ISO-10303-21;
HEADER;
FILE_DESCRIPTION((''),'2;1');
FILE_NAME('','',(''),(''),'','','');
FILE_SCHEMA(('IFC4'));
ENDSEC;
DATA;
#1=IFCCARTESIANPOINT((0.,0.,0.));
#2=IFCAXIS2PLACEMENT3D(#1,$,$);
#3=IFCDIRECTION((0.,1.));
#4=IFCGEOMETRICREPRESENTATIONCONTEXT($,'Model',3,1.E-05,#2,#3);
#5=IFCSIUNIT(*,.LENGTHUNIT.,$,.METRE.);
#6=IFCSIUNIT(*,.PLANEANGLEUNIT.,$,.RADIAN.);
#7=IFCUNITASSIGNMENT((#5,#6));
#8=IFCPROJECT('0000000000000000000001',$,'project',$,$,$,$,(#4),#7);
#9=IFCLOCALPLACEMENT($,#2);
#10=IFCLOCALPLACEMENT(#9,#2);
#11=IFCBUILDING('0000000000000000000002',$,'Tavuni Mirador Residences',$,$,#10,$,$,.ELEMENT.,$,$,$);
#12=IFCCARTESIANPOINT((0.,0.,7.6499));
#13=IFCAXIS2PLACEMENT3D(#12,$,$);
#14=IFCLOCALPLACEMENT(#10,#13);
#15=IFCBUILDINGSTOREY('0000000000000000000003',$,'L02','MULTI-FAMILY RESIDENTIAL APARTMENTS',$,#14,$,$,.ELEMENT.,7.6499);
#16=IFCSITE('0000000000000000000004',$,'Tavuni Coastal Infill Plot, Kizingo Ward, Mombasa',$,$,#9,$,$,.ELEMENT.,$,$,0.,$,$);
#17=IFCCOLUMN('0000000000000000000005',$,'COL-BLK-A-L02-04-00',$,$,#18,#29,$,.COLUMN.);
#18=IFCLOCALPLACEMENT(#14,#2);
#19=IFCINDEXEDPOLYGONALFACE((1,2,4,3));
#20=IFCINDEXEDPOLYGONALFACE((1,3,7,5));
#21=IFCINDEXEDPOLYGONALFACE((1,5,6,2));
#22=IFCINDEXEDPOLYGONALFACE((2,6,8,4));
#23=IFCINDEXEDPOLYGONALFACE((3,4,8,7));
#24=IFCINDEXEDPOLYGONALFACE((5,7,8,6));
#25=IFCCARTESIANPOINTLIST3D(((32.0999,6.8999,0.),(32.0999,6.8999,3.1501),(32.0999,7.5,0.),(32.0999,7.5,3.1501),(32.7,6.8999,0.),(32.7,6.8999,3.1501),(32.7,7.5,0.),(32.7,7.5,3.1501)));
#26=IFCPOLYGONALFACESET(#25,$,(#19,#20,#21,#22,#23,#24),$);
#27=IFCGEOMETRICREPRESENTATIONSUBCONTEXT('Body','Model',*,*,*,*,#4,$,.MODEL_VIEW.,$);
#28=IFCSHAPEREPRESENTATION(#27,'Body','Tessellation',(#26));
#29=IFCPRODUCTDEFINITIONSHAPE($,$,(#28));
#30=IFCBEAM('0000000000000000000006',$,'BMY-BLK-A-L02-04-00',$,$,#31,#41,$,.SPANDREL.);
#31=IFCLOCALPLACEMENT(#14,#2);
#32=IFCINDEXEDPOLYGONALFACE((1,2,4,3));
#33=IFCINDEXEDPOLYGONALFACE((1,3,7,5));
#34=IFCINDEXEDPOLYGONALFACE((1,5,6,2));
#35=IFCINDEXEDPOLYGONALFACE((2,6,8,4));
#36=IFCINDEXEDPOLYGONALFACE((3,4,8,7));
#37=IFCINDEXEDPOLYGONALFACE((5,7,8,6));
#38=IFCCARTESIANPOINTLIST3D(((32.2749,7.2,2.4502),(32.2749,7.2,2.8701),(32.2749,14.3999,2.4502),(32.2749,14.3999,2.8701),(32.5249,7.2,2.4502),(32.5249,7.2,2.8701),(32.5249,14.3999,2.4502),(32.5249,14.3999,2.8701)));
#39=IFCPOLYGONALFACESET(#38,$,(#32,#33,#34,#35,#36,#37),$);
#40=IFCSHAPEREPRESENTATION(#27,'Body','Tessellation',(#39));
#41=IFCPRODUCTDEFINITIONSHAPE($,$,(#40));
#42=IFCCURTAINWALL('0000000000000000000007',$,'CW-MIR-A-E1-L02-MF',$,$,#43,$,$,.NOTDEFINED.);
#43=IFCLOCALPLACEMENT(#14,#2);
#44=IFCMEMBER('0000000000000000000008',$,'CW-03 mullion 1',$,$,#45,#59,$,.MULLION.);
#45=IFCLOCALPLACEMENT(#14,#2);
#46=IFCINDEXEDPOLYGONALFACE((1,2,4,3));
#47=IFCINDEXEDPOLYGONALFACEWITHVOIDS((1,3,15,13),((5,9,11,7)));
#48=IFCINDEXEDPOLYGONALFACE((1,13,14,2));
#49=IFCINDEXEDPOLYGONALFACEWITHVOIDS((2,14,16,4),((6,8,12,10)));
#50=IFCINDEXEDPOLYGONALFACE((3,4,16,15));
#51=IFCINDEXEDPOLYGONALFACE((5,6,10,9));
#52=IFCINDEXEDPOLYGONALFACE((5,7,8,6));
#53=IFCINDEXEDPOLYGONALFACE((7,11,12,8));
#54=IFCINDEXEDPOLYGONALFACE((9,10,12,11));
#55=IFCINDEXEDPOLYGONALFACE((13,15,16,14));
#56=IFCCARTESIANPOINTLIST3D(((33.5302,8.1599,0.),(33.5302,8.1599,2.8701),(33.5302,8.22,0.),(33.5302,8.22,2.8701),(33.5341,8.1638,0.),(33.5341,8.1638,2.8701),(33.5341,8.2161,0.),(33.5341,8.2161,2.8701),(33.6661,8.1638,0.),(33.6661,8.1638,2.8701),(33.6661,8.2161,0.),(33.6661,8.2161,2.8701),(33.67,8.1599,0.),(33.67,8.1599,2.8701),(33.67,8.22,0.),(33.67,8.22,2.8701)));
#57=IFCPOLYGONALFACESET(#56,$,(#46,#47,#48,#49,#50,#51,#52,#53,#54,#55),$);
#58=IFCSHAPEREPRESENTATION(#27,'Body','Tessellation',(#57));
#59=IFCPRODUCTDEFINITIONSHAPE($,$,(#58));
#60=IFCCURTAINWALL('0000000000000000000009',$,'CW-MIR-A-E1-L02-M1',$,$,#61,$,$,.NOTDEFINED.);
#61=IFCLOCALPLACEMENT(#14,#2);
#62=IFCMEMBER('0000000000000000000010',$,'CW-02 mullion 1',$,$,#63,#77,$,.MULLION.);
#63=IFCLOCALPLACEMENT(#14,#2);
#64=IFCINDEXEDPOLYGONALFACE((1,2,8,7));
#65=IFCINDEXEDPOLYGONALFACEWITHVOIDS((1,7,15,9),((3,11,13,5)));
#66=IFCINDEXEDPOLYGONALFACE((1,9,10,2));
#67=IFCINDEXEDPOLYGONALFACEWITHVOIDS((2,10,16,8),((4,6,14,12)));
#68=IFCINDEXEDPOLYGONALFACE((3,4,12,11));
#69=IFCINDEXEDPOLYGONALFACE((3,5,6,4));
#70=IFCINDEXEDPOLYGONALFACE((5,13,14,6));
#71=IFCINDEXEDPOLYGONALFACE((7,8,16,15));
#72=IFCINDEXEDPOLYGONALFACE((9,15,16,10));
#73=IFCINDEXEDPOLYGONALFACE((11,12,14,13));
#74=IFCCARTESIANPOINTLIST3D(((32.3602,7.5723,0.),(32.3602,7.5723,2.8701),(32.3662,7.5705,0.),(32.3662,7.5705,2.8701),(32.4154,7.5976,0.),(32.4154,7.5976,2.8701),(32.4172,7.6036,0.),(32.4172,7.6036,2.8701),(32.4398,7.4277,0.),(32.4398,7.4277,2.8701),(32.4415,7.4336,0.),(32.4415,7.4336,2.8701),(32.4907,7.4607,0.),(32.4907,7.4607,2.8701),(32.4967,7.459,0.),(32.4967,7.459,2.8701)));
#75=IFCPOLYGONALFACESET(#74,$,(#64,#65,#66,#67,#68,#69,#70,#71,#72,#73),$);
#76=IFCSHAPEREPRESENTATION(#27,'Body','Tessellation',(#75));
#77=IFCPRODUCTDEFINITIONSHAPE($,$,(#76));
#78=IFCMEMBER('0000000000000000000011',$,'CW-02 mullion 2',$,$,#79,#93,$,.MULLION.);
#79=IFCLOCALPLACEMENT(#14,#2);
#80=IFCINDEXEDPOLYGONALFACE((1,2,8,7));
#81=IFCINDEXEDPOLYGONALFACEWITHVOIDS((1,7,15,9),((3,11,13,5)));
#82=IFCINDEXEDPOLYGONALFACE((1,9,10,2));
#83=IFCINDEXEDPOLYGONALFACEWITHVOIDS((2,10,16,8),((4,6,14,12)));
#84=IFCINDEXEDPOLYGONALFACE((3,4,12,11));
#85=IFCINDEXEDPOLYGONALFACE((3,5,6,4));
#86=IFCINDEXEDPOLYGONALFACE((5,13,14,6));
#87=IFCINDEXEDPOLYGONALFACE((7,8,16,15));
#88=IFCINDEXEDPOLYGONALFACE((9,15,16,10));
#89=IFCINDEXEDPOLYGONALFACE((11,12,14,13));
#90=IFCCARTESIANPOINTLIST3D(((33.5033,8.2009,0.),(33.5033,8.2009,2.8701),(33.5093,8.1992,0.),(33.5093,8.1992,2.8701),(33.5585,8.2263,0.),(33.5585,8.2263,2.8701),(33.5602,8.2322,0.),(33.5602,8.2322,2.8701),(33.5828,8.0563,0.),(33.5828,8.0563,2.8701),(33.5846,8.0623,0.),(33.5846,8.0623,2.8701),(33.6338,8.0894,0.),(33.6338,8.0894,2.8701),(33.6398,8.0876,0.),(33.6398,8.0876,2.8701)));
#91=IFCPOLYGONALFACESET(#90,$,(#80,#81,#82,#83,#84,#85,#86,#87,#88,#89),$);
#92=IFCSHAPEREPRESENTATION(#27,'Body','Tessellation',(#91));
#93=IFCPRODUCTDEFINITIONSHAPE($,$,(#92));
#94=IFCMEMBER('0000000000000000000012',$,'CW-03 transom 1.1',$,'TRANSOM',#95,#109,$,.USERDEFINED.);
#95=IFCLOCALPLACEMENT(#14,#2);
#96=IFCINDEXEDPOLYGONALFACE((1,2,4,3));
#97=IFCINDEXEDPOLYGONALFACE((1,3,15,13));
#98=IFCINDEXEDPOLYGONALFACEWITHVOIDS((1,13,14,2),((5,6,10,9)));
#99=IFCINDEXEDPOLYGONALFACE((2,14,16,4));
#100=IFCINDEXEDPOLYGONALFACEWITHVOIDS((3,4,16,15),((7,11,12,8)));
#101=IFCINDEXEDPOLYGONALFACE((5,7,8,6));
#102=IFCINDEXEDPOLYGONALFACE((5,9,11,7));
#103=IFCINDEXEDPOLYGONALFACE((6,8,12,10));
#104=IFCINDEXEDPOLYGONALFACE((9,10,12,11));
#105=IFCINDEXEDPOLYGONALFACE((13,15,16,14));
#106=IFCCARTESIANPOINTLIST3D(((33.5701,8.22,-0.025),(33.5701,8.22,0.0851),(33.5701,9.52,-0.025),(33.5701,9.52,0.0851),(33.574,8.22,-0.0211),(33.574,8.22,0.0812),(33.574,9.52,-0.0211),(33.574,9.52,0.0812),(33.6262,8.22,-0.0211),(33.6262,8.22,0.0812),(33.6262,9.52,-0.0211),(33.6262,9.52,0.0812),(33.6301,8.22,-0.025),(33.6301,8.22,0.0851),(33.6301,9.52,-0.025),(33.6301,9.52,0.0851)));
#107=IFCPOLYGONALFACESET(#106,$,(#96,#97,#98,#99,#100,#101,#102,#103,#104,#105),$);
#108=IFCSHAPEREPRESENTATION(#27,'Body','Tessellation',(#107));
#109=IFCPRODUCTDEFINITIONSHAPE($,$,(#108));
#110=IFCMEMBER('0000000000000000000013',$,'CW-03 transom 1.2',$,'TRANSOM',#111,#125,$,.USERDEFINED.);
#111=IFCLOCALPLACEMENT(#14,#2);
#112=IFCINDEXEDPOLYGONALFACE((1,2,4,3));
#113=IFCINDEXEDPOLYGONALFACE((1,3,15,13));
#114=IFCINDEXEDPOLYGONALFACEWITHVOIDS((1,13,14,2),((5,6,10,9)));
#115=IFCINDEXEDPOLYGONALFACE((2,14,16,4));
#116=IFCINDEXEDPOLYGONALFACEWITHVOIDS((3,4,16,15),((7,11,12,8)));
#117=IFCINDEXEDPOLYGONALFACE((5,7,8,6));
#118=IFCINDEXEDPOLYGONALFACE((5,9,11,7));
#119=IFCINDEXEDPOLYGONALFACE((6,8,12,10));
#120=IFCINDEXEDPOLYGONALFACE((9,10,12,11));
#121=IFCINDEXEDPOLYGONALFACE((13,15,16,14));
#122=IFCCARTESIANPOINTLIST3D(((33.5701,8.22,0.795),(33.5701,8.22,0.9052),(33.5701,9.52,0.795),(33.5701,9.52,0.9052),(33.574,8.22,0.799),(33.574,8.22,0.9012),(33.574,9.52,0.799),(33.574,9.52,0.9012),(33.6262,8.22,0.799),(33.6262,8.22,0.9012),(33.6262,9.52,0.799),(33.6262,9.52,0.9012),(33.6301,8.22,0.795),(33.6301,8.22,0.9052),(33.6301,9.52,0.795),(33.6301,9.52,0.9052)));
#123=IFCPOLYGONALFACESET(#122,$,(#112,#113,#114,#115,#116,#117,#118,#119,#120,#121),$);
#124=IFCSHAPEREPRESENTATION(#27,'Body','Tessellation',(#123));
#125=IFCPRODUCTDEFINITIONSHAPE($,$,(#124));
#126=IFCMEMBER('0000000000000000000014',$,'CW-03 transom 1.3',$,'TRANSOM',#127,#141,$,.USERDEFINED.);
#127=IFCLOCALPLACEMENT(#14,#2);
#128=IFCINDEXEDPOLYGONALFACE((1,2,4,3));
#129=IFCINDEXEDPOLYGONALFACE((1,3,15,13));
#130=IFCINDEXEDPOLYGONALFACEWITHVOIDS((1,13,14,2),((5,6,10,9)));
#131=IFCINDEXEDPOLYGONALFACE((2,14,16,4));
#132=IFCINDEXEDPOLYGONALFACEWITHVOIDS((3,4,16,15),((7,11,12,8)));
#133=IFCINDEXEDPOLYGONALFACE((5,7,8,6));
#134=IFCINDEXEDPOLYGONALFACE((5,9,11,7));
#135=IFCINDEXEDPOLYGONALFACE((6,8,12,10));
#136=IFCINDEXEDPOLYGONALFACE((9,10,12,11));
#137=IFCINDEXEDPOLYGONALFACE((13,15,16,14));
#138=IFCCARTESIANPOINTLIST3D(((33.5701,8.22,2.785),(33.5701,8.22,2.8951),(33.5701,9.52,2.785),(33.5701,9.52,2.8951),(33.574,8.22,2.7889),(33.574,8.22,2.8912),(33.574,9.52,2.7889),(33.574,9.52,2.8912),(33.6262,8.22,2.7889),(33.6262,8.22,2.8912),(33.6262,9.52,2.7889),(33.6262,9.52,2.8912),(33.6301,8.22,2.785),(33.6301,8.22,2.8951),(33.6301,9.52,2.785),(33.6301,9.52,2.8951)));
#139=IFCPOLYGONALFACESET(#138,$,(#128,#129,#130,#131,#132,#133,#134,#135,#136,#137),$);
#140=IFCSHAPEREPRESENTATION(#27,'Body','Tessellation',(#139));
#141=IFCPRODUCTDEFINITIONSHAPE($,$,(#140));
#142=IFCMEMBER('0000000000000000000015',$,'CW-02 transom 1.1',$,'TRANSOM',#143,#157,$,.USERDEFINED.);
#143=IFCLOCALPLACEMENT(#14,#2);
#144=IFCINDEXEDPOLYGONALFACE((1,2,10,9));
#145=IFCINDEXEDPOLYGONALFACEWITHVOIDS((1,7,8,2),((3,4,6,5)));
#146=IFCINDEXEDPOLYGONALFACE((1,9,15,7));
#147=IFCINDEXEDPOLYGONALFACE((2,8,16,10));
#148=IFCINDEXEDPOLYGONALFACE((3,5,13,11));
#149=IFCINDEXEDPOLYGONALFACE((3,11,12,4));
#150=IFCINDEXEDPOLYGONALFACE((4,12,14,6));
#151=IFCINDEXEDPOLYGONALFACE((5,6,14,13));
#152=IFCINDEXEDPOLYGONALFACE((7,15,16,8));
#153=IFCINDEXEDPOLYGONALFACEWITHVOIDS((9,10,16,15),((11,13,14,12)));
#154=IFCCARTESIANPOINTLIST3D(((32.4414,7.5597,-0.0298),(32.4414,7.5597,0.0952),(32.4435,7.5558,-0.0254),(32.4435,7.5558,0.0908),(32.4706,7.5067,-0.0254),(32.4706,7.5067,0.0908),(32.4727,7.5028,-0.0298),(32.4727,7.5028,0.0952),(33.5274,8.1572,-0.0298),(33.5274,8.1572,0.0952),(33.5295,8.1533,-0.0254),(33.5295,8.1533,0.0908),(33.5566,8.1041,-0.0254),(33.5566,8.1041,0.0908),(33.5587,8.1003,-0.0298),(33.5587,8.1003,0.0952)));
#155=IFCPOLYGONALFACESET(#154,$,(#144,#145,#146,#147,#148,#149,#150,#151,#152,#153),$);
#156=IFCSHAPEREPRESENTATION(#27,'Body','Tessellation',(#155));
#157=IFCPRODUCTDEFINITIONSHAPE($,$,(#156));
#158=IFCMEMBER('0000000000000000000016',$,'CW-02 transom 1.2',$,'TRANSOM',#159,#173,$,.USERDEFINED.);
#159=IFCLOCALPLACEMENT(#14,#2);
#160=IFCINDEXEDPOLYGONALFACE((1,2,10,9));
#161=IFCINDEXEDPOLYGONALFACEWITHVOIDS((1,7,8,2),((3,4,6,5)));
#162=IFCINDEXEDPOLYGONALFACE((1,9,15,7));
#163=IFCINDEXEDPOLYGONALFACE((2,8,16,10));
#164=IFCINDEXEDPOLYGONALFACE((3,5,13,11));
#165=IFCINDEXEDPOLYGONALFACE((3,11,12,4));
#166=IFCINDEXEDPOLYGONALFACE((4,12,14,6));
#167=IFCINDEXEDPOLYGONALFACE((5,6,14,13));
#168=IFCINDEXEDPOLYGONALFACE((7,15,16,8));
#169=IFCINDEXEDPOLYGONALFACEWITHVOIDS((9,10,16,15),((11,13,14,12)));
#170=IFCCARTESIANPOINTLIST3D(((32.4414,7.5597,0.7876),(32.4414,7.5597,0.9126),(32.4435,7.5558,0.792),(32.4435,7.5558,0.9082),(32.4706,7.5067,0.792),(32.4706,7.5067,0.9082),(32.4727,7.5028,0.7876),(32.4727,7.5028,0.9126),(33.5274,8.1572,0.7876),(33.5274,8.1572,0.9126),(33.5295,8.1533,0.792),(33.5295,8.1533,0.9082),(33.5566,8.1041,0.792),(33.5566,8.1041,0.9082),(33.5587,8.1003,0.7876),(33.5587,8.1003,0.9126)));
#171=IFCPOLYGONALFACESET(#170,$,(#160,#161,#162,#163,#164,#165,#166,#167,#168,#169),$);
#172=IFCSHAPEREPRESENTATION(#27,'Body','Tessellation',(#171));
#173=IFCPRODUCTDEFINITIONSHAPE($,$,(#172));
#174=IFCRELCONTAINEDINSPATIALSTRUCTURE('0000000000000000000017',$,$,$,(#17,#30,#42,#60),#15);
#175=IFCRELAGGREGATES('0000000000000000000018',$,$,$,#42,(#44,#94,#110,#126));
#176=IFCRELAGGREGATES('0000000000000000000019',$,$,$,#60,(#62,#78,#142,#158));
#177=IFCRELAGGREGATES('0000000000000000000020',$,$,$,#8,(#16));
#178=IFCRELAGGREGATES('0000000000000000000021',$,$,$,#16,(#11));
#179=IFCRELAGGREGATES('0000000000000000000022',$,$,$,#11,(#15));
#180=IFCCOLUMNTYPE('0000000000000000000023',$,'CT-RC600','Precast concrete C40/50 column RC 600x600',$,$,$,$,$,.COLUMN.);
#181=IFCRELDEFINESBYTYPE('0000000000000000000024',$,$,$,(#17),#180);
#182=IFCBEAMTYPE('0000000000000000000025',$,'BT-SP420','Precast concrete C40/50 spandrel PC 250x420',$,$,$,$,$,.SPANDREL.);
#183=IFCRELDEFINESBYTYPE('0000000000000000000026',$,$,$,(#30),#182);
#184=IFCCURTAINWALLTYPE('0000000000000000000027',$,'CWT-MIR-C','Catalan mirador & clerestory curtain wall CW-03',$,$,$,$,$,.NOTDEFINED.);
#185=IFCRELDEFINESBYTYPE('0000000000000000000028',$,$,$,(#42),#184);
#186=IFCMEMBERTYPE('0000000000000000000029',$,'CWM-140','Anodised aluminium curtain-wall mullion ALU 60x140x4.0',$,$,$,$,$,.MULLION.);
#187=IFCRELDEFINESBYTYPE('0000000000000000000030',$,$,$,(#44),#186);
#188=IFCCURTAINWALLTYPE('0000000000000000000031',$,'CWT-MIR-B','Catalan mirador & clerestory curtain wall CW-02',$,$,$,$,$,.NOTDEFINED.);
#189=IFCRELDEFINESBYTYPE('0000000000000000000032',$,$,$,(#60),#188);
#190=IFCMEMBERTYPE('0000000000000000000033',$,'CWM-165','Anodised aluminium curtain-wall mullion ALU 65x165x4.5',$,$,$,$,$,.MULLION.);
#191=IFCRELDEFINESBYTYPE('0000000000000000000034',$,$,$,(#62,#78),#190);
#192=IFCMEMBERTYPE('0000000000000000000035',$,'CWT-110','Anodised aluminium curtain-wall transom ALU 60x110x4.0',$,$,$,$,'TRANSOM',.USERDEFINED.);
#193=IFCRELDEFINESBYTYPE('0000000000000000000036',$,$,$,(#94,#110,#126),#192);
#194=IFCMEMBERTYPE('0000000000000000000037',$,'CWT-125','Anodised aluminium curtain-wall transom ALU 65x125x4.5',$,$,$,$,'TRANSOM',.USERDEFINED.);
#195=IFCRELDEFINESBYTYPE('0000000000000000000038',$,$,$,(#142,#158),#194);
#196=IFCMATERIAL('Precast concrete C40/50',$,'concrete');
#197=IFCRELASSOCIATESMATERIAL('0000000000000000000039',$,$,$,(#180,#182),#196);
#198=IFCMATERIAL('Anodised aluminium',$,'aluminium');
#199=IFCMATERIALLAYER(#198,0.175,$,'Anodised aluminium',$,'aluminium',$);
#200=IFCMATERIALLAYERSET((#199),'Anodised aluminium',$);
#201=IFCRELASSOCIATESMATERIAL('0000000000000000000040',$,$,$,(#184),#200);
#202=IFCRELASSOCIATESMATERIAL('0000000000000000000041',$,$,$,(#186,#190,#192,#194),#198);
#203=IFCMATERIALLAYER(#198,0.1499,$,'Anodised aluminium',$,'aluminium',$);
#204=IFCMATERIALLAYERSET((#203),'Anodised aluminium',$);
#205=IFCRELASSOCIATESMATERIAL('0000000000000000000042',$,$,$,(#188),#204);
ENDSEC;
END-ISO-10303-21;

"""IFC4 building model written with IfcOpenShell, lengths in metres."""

from ifc_helpers import new_model, si_unit, direction, frame, origin, origin_2d, place, context, subcontext, project, spatial, rectangle, hollow_rectangle, extrude, material, layer, layer_set, material_profile, profile_set, type_object, element, aggregate, save


model = new_model("IFC4")

# Units and contexts
model_context = context("Model", 3, precision=1e-05, world=origin(), true_north=direction((0.0, 1.0)))
body_context = subcontext(model_context, "Body", "Model", "MODEL_VIEW")
ifc_project = project(units=[si_unit("LENGTHUNIT", "METRE"), si_unit("PLANEANGLEUNIT", "RADIAN")], contexts=[model_context])

# Site, building, storey
site_placement = place(None, origin())
site = spatial("IfcSite", under=ifc_project, at=site_placement, Name="Tavuni Coastal Infill Plot, Kizingo Ward, Mombasa", CompositionType="ELEMENT", RefElevation=0.0)
building_placement = place(site_placement, origin())
building = spatial("IfcBuilding", under=site, at=building_placement, Name="Tavuni Mirador Residences", CompositionType="ELEMENT")
storey_placement = place(building_placement, frame((0.0, 0.0, 7.6499)))
storey = spatial("IfcBuildingStorey", under=building, at=storey_placement, Name="L02", Description="MULTI-FAMILY RESIDENTIAL APARTMENTS", CompositionType="ELEMENT", Elevation=7.6499)

# Column
ifc_material_1 = material(Name="Precast concrete C40/50", Category="concrete")
ifc_material_profile_1 = material_profile(ifc_material_1, rectangle(XDim=0.6001, YDim=0.6001, at=origin_2d()), Name="RC 600x600", Category="concrete")
ifc_profile_set_1 = profile_set([ifc_material_profile_1], Name="Precast concrete C40/50")
column_type = type_object("IfcColumnType", Name="CT-RC600", Description="Precast concrete C40/50 column RC 600x600", PredefinedType="COLUMN", material=ifc_profile_set_1)
column_placement = place(storey_placement, frame((32.3999, 7.2, 0.0), z_axis=(0.0, 0.0, 1.0), x_axis=(1.0, 0.0, 0.0)))
element("IfcColumn", 1, at=column_placement, inside=storey, type_object=column_type, Name="COL-BLK-A-L02-04-00", PredefinedType="COLUMN", context=body_context, shape_type="SweptSolid", body=[
    extrude(rectangle(XDim=0.6001, YDim=0.6001, at=origin_2d()), origin(), (0.0, 0.0, 1.0), 3.1501),
])

# Beam
ifc_material_profile_2 = material_profile(ifc_material_1, rectangle(XDim=0.25, YDim=0.4199, at=origin_2d()), Name="PC 250x420", Category="concrete")
ifc_profile_set_2 = profile_set([ifc_material_profile_2], Name="Precast concrete C40/50")
beam_type = type_object("IfcBeamType", Name="BT-SP420", Description="Precast concrete C40/50 spandrel PC 250x420", PredefinedType="SPANDREL", material=ifc_profile_set_2)
beam_placement = place(storey_placement, frame((32.3999, 7.2, 2.6602), z_axis=(0.0, 1.0, 0.0), x_axis=(-1.0, 0.0, 0.0)))
element("IfcBeam", 2, at=beam_placement, inside=storey, type_object=beam_type, Name="BMY-BLK-A-L02-04-00", PredefinedType="SPANDREL", context=body_context, shape_type="SweptSolid", body=[
    extrude(rectangle(XDim=0.25, YDim=0.4199, at=origin_2d()), origin(), (0.0, 0.0, 1.0), 7.2),
])

# Curtain wall, member
ifc_material_2 = material(Name="Anodised aluminium", Category="aluminium")
ifc_layer_1 = layer(ifc_material_2, 0.175, Name="Anodised aluminium", Category="aluminium")
ifc_layer_set_1 = layer_set([ifc_layer_1], Name="Anodised aluminium")
curtain_wall_type_1 = type_object("IfcCurtainWallType", Name="CWT-MIR-C", Description="Catalan mirador & clerestory curtain wall CW-03", PredefinedType="NOTDEFINED", material=ifc_layer_set_1)
curtain_wall_1_placement = place(storey_placement, origin())
curtain_wall_1 = element("IfcCurtainWall", 3, at=curtain_wall_1_placement, inside=storey, type_object=curtain_wall_type_1, Name="CW-MIR-A-E1-L02-MF", PredefinedType="NOTDEFINED")
ifc_material_profile_3 = material_profile(ifc_material_2, hollow_rectangle(XDim=0.0601, YDim=0.1399, WallThickness=0.0039, at=origin_2d()), Name="ALU 60x140x4.0", Category="aluminium")
ifc_profile_set_3 = profile_set([ifc_material_profile_3], Name="Anodised aluminium")
member_type_1 = type_object("IfcMemberType", Name="CWM-140", Description="Anodised aluminium curtain-wall mullion ALU 60x140x4.0", PredefinedType="MULLION", material=ifc_profile_set_3)
member_1_placement = place(storey_placement, frame((33.6001, 8.1899, 0.0), z_axis=(0.0, 0.0, 1.0), x_axis=(0.0, 1.0, 0.0)))
member_1 = element("IfcMember", 4, at=member_1_placement, type_object=member_type_1, Name="CW-03 mullion 1", PredefinedType="MULLION", context=body_context, shape_type="SweptSolid", body=[
    extrude(hollow_rectangle(XDim=0.0601, YDim=0.1399, WallThickness=0.0039, at=origin_2d()), origin(), (0.0, 0.0, 1.0), 2.8701),
])

# Curtain wall, members
ifc_layer_2 = layer(ifc_material_2, 0.1499, Name="Anodised aluminium", Category="aluminium")
ifc_layer_set_2 = layer_set([ifc_layer_2], Name="Anodised aluminium")
curtain_wall_type_2 = type_object("IfcCurtainWallType", Name="CWT-MIR-B", Description="Catalan mirador & clerestory curtain wall CW-02", PredefinedType="NOTDEFINED", material=ifc_layer_set_2)
curtain_wall_2_placement = place(storey_placement, origin())
curtain_wall_2 = element("IfcCurtainWall", 5, at=curtain_wall_2_placement, inside=storey, type_object=curtain_wall_type_2, Name="CW-MIR-A-E1-L02-M1", PredefinedType="NOTDEFINED")
ifc_material_profile_4 = material_profile(ifc_material_2, hollow_rectangle(XDim=0.0649, YDim=0.165, WallThickness=0.0044, at=origin_2d()), Name="ALU 65x165x4.5", Category="aluminium")
ifc_profile_set_4 = profile_set([ifc_material_profile_4], Name="Anodised aluminium")
member_type_2 = type_object("IfcMemberType", Name="CWM-165", Description="Anodised aluminium curtain-wall mullion ALU 65x165x4.5", PredefinedType="MULLION", material=ifc_profile_set_4)
member_2_placement = place(storey_placement, frame((32.4285, 7.5156, 0.0), z_axis=(0.0, 0.0, 1.0), x_axis=(0.876216, 0.481919, 0.0)))
member_2 = element("IfcMember", 6, at=member_2_placement, type_object=member_type_2, Name="CW-02 mullion 1", PredefinedType="MULLION", context=body_context, shape_type="SweptSolid", body=[
    extrude(hollow_rectangle(XDim=0.0649, YDim=0.165, WallThickness=0.0044, at=origin_2d()), origin(), (0.0, 0.0, 1.0), 2.8701),
])
member_3_placement = place(storey_placement, frame((33.5715, 8.1443, 0.0), z_axis=(0.0, 0.0, 1.0), x_axis=(0.876216, 0.481919, 0.0)))
member_3 = element("IfcMember", 7, at=member_3_placement, type_object=member_type_2, Name="CW-02 mullion 2", PredefinedType="MULLION", context=body_context, shape_type="SweptSolid", body=[
    extrude(hollow_rectangle(XDim=0.0649, YDim=0.165, WallThickness=0.0044, at=origin_2d()), origin(), (0.0, 0.0, 1.0), 2.8701),
])

# Members
ifc_material_profile_5 = material_profile(ifc_material_2, hollow_rectangle(XDim=0.0601, YDim=0.1101, WallThickness=0.0039, at=origin_2d()), Name="ALU 60x110x4.0", Category="aluminium")
ifc_profile_set_5 = profile_set([ifc_material_profile_5], Name="Anodised aluminium")
member_type_3 = type_object("IfcMemberType", Name="CWT-110", Description="Anodised aluminium curtain-wall transom ALU 60x110x4.0", ElementType="TRANSOM", PredefinedType="USERDEFINED", material=ifc_profile_set_5)
member_4_placement = place(storey_placement, frame((33.6001, 8.22, 0.03), z_axis=(0.0, 1.0, 0.0), x_axis=(-1.0, 0.0, 0.0)))
member_4 = element("IfcMember", 8, at=member_4_placement, type_object=member_type_3, Name="CW-03 transom 1.1", ObjectType="TRANSOM", PredefinedType="USERDEFINED", context=body_context, shape_type="SweptSolid", body=[
    extrude(hollow_rectangle(XDim=0.0601, YDim=0.1101, WallThickness=0.0039, at=origin_2d()), origin(), (0.0, 0.0, 1.0), 1.3),
])
member_5_placement = place(storey_placement, frame((33.6001, 8.22, 0.8501), z_axis=(0.0, 1.0, 0.0), x_axis=(-1.0, 0.0, 0.0)))
member_5 = element("IfcMember", 9, at=member_5_placement, type_object=member_type_3, Name="CW-03 transom 1.2", ObjectType="TRANSOM", PredefinedType="USERDEFINED", context=body_context, shape_type="SweptSolid", body=[
    extrude(hollow_rectangle(XDim=0.0601, YDim=0.1101, WallThickness=0.0039, at=origin_2d()), origin(), (0.0, 0.0, 1.0), 1.3),
])
member_6_placement = place(storey_placement, frame((33.6001, 8.22, 2.8401), z_axis=(0.0, 1.0, 0.0), x_axis=(-1.0, 0.0, 0.0)))
member_6 = element("IfcMember", 10, at=member_6_placement, type_object=member_type_3, Name="CW-03 transom 1.3", ObjectType="TRANSOM", PredefinedType="USERDEFINED", context=body_context, shape_type="SweptSolid", body=[
    extrude(hollow_rectangle(XDim=0.0601, YDim=0.1101, WallThickness=0.0039, at=origin_2d()), origin(), (0.0, 0.0, 1.0), 1.3),
])
ifc_material_profile_6 = material_profile(ifc_material_2, hollow_rectangle(XDim=0.0649, YDim=0.125, WallThickness=0.0044, at=origin_2d()), Name="ALU 65x125x4.5", Category="aluminium")
ifc_profile_set_6 = profile_set([ifc_material_profile_6], Name="Anodised aluminium")
member_type_4 = type_object("IfcMemberType", Name="CWT-125", Description="Anodised aluminium curtain-wall transom ALU 65x125x4.5", ElementType="TRANSOM", PredefinedType="USERDEFINED", material=ifc_profile_set_6)
member_7_placement = place(storey_placement, frame((32.457, 7.5312, 0.0327), z_axis=(0.876166, 0.482009, 0.0), x_axis=(-0.482009, 0.876166, 0.0)))
member_7 = element("IfcMember", 11, at=member_7_placement, type_object=member_type_4, Name="CW-02 transom 1.1", ObjectType="TRANSOM", PredefinedType="USERDEFINED", context=body_context, shape_type="SweptSolid", body=[
    extrude(hollow_rectangle(XDim=0.0649, YDim=0.125, WallThickness=0.0044, at=origin_2d()), origin(), (0.0, 0.0, 1.0), 1.2395),
])
member_8_placement = place(storey_placement, frame((32.457, 7.5312, 0.8501), z_axis=(0.876166, 0.482009, 0.0), x_axis=(-0.482009, 0.876166, 0.0)))
member_8 = element("IfcMember", 12, at=member_8_placement, type_object=member_type_4, Name="CW-02 transom 1.2", ObjectType="TRANSOM", PredefinedType="USERDEFINED", context=body_context, shape_type="SweptSolid", body=[
    extrude(hollow_rectangle(XDim=0.0649, YDim=0.125, WallThickness=0.0044, at=origin_2d()), origin(), (0.0, 0.0, 1.0), 1.2395),
])

aggregate(curtain_wall_1, [member_1, member_4, member_5, member_6])
aggregate(curtain_wall_2, [member_2, member_3, member_7, member_8])

save(model, "model.ifc")
